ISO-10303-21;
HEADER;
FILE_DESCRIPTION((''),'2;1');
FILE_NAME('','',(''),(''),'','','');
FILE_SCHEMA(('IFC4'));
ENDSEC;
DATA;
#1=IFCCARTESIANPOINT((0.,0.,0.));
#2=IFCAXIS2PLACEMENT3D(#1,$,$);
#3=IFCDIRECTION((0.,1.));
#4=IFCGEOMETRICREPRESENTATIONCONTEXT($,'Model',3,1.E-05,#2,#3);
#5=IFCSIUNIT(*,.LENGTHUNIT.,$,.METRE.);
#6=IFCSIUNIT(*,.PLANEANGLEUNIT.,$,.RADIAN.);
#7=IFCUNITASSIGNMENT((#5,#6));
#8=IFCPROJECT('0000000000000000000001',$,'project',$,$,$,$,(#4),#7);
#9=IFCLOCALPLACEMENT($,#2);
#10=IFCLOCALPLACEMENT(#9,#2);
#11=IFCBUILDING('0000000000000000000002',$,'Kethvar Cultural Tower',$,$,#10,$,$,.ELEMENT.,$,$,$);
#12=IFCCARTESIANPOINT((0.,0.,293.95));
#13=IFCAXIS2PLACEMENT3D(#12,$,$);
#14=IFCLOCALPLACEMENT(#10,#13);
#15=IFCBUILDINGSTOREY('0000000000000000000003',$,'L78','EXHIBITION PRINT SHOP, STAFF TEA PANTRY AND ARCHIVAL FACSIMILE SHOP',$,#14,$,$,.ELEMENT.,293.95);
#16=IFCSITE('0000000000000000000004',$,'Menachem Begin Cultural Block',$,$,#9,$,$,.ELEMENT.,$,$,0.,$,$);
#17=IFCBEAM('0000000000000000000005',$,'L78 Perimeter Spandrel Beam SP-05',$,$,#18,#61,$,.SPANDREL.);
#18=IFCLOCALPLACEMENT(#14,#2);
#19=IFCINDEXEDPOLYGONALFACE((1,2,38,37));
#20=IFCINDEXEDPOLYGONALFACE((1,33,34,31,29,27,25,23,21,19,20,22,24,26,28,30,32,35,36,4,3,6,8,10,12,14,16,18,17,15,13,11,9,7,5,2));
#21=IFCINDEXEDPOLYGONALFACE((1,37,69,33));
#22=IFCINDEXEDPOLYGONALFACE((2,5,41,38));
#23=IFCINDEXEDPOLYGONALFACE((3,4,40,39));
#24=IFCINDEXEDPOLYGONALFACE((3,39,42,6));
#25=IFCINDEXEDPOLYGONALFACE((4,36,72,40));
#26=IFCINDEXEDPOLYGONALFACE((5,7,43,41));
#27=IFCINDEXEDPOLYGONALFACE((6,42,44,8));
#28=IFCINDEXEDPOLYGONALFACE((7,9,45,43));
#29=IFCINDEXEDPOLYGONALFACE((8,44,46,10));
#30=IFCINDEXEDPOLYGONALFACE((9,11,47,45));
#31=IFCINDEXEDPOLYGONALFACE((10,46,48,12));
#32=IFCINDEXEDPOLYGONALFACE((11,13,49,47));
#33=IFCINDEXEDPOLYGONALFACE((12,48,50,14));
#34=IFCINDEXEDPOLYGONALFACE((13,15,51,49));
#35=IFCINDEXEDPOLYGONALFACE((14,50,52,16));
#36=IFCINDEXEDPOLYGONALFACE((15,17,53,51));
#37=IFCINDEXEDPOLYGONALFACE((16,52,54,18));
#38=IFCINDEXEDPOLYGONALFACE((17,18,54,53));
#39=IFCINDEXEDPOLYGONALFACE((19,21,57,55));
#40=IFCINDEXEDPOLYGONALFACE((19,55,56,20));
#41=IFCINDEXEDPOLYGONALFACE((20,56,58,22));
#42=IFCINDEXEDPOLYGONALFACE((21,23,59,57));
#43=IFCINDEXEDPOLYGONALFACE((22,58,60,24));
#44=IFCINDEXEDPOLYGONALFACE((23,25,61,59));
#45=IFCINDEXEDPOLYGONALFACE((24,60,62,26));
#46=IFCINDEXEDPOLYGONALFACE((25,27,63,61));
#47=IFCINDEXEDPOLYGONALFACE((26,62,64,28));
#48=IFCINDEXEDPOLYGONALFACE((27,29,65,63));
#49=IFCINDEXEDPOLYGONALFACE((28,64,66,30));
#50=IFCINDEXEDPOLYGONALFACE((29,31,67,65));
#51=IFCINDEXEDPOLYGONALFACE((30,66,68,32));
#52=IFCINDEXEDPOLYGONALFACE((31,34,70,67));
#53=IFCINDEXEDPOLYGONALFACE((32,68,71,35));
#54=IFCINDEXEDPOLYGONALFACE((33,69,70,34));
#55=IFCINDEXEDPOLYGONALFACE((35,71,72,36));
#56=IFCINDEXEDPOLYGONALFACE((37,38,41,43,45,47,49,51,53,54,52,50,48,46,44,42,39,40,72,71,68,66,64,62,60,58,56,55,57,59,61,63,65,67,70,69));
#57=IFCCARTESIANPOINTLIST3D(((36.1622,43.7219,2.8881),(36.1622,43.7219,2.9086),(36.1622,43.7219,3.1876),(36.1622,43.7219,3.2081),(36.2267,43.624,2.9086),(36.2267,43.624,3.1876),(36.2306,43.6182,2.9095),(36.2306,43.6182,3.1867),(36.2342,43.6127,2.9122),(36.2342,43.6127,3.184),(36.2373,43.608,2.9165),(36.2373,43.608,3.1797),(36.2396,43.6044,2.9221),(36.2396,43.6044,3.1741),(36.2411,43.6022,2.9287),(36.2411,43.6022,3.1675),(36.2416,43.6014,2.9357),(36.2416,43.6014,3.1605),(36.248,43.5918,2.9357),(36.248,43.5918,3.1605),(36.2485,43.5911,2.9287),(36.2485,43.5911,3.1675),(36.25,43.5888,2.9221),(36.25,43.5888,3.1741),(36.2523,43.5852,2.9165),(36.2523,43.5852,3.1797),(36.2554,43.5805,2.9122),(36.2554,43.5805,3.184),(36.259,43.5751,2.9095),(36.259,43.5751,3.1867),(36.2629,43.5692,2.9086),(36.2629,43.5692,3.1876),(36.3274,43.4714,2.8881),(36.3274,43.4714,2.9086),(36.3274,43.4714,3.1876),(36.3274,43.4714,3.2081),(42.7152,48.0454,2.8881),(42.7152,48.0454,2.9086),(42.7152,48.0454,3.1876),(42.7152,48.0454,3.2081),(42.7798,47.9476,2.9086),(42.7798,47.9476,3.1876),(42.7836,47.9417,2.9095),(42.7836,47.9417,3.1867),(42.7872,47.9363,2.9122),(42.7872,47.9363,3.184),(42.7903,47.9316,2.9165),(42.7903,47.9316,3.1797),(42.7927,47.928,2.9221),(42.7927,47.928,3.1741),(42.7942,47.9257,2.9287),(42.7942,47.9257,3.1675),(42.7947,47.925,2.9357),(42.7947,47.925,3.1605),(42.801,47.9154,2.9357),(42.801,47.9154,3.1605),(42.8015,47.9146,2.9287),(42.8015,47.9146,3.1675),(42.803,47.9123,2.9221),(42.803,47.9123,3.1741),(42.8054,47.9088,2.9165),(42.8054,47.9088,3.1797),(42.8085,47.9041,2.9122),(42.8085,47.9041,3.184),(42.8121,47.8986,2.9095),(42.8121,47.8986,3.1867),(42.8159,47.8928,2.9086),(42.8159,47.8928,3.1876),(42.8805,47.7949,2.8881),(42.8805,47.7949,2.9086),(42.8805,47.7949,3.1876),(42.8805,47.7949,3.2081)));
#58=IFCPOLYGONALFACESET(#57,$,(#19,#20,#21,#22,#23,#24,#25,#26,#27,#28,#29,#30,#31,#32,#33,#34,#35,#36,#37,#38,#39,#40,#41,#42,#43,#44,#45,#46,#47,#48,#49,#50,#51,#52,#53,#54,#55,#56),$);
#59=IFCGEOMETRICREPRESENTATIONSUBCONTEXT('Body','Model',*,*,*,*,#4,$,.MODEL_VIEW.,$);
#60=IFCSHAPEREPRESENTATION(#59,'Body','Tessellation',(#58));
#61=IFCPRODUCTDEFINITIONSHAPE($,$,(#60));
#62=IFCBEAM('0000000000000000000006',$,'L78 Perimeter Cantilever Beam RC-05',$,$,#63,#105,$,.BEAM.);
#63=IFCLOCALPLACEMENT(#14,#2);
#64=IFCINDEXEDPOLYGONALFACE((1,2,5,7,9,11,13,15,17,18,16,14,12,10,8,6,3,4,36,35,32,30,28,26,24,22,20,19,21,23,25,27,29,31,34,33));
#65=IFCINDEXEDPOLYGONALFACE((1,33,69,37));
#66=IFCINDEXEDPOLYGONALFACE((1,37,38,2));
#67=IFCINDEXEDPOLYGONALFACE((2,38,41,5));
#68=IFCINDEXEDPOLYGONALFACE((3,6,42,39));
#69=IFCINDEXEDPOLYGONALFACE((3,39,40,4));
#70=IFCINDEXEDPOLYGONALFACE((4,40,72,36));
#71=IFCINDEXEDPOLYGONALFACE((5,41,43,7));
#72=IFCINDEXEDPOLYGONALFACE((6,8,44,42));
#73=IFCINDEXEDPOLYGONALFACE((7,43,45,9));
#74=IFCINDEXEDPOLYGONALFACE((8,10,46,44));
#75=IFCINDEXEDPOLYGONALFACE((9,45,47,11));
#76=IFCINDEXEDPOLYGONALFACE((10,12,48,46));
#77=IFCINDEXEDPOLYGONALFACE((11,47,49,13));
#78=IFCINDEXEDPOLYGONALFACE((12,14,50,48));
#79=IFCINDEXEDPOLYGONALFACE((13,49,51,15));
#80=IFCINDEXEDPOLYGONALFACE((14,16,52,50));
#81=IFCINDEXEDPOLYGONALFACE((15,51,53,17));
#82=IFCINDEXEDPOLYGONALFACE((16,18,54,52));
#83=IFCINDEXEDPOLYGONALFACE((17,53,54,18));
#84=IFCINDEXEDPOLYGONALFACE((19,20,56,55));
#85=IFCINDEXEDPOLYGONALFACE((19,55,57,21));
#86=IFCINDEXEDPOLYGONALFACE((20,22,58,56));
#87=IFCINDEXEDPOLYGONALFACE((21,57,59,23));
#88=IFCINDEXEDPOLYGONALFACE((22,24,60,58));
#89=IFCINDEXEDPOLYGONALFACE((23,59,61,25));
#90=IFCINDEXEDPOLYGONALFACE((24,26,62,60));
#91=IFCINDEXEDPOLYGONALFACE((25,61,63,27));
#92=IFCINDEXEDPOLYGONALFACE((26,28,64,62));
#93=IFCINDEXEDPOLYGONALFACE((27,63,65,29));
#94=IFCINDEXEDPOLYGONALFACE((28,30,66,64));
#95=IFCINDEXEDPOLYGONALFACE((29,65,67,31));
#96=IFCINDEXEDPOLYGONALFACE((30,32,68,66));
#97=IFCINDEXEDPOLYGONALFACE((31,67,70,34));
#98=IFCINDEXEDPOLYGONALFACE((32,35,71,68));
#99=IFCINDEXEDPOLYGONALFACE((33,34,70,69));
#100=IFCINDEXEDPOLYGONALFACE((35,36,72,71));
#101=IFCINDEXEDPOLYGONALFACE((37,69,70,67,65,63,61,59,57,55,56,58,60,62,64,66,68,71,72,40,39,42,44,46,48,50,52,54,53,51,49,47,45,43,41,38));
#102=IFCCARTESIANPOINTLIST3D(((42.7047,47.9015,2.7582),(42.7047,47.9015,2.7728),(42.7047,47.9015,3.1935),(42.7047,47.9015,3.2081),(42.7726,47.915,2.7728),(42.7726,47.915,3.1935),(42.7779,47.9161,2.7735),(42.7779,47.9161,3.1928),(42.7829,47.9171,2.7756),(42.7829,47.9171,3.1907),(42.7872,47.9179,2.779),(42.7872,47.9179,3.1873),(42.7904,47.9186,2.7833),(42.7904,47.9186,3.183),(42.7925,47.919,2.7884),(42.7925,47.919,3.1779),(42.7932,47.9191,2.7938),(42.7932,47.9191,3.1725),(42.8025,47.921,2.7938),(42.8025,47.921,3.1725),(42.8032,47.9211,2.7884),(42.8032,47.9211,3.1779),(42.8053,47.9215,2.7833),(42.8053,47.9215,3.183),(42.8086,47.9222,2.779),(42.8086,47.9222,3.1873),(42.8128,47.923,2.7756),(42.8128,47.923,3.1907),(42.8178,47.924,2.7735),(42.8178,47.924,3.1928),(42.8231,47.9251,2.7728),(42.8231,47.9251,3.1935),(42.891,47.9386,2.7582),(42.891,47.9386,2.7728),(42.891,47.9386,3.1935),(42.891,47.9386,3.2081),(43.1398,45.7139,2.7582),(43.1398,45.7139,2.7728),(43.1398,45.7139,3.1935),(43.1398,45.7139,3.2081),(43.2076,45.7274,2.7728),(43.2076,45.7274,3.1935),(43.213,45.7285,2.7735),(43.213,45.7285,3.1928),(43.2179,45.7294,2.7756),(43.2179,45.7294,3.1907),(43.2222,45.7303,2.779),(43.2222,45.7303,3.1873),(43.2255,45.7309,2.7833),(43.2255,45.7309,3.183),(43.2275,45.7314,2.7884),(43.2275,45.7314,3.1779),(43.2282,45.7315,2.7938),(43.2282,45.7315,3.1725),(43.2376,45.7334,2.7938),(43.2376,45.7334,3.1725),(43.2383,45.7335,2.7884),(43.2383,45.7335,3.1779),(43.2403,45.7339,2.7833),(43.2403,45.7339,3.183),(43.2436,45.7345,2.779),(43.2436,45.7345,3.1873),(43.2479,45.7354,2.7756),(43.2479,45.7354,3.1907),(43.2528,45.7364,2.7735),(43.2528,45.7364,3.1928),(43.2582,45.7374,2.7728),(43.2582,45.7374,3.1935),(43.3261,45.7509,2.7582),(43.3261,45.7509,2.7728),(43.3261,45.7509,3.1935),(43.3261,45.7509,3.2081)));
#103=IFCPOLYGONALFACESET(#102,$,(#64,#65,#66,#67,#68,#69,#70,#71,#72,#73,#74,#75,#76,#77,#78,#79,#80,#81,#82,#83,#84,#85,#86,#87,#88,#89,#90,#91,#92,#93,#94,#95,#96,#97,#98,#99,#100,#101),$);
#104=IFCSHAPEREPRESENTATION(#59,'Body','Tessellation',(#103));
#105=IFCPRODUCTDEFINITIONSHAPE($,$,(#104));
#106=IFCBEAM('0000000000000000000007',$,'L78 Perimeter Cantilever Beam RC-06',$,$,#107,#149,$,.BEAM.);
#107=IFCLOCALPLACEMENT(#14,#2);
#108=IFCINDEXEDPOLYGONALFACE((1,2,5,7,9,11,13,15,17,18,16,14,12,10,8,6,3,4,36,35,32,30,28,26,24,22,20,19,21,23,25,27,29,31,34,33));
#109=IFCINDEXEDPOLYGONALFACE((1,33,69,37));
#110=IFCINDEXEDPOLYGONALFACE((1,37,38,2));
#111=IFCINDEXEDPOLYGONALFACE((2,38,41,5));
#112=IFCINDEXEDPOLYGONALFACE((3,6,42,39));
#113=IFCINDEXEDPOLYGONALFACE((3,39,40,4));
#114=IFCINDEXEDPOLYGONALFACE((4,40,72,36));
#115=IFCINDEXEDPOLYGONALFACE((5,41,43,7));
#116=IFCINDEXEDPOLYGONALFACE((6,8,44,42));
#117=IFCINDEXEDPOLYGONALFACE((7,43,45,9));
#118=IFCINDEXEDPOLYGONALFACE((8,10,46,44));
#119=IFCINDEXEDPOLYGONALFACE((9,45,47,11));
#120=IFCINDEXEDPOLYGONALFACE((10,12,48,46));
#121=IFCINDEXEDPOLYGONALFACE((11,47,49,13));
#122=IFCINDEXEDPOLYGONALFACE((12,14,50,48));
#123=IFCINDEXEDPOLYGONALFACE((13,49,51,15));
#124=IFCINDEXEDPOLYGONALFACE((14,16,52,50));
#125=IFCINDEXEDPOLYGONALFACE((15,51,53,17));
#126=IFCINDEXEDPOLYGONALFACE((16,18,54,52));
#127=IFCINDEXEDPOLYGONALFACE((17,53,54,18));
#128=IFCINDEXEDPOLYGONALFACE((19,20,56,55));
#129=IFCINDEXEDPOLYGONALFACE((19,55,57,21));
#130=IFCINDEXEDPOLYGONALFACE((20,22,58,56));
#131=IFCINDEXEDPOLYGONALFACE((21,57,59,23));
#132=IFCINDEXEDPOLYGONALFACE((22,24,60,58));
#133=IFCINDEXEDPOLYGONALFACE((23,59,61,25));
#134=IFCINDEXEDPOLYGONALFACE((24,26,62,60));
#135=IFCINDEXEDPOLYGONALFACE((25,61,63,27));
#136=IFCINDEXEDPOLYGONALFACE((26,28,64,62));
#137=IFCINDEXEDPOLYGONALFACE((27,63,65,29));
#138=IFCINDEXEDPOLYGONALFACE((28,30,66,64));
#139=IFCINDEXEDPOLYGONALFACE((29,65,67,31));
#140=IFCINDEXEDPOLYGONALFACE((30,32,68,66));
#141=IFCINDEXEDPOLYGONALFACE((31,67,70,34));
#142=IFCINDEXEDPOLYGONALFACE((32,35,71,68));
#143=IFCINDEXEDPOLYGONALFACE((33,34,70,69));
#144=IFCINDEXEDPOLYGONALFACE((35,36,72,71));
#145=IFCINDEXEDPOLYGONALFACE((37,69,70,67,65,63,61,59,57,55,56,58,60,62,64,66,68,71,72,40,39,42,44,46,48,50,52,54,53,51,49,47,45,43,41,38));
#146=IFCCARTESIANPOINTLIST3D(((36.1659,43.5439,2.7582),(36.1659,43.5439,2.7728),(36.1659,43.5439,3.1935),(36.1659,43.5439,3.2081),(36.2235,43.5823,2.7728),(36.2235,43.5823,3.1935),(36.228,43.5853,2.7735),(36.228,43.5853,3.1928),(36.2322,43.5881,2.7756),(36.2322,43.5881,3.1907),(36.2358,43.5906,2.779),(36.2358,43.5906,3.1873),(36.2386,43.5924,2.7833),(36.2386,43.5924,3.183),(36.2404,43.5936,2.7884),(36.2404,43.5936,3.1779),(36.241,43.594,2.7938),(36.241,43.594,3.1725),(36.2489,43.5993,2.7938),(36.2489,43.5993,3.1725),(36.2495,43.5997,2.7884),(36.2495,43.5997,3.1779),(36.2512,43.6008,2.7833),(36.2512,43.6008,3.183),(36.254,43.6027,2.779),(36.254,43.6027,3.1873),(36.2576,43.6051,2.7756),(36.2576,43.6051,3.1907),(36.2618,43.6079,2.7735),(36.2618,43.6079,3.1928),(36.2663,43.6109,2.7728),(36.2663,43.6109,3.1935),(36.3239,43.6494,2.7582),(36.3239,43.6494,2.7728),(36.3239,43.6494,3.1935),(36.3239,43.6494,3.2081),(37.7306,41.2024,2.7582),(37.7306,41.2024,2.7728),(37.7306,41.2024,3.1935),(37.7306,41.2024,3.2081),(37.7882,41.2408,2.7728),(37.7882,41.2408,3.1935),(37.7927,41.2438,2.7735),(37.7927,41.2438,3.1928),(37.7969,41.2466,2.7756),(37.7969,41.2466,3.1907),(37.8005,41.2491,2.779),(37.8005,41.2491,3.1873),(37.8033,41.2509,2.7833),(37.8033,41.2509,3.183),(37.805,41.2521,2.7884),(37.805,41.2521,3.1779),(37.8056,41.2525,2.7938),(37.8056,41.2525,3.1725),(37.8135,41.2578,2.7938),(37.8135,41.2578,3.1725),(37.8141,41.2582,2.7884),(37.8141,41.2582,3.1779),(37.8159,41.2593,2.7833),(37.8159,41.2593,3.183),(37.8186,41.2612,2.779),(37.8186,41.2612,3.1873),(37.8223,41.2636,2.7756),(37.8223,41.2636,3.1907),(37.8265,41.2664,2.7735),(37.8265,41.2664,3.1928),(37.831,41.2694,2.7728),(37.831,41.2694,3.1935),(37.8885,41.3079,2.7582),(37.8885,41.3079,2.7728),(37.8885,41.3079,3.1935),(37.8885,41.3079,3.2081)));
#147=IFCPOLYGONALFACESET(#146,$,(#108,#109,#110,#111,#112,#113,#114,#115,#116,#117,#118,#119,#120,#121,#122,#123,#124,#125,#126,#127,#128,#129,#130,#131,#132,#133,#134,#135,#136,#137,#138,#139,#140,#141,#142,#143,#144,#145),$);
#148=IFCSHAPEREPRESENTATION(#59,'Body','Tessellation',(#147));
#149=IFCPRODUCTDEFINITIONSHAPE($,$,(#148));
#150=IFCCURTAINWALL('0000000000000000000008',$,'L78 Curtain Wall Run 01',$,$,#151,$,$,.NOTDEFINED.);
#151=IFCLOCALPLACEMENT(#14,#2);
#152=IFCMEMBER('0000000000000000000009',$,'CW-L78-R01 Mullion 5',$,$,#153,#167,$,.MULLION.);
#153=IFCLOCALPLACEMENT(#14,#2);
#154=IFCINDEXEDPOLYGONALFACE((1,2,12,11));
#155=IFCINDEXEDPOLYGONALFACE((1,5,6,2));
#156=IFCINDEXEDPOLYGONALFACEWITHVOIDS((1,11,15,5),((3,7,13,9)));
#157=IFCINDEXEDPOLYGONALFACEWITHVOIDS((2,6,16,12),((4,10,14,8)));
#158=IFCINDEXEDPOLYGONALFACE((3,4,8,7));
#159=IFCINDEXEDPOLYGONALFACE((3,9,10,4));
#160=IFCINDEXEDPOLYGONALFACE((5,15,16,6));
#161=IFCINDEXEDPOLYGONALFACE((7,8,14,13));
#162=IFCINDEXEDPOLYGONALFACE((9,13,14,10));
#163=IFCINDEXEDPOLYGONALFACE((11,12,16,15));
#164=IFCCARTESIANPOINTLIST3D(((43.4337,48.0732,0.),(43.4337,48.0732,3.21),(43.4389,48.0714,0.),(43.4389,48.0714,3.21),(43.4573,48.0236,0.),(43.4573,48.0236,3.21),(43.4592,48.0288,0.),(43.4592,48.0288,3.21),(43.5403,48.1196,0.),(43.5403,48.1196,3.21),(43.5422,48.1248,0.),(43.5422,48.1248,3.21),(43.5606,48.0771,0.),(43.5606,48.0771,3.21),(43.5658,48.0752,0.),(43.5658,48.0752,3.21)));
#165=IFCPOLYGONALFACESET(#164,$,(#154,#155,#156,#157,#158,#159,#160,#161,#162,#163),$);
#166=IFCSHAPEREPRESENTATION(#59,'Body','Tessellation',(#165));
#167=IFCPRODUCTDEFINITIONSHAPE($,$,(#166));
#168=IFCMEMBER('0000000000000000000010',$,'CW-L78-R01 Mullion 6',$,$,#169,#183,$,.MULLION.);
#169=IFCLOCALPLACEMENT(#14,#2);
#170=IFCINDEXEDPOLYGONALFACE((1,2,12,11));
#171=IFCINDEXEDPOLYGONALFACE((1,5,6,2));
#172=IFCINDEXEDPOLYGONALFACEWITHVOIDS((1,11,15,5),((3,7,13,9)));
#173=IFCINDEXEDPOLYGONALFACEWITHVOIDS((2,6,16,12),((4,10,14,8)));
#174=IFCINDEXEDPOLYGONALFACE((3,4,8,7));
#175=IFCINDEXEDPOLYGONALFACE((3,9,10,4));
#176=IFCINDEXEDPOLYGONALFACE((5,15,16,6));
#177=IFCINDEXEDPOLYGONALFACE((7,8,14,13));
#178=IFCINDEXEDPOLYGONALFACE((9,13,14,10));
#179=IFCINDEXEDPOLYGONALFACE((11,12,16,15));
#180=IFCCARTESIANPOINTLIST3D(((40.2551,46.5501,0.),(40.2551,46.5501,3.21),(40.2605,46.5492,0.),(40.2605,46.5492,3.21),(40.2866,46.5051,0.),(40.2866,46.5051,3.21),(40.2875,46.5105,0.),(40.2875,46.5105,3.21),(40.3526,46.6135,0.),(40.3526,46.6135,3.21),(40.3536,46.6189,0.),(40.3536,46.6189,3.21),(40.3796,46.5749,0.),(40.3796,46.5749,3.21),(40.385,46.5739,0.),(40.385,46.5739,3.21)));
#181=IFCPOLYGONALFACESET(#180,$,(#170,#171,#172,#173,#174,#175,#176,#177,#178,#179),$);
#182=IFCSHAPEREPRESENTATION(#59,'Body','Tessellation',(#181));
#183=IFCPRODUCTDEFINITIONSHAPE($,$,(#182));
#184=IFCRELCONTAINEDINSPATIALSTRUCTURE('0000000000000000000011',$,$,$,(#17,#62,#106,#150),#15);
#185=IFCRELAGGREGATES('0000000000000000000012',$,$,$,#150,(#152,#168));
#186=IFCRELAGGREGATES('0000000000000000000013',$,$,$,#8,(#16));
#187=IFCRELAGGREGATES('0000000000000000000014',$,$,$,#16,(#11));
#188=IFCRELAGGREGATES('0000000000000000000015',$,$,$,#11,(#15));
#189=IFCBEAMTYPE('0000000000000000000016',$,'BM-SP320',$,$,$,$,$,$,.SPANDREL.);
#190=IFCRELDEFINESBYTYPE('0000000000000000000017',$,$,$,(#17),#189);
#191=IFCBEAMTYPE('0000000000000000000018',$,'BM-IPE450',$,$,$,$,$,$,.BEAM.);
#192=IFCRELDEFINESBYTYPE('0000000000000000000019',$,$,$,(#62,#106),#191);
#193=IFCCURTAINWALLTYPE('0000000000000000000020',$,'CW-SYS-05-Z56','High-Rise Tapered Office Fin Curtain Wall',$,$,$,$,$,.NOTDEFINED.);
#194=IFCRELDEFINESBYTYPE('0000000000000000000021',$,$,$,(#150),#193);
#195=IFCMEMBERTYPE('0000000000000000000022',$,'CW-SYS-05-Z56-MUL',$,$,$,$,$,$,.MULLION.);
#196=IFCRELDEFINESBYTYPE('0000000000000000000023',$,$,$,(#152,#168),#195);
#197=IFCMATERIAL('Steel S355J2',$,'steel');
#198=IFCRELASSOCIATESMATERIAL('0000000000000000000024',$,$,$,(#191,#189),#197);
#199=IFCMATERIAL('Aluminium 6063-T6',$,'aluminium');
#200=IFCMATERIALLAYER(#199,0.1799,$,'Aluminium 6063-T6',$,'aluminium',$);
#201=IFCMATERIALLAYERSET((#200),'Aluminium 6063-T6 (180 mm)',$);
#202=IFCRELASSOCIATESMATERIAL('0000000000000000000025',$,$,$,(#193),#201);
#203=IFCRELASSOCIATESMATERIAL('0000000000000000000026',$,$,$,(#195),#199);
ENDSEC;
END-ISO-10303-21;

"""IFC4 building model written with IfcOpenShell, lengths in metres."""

from ifc_helpers import new_model, si_unit, direction, frame, origin, origin_2d, place, context, subcontext, project, spatial, hollow_rectangle, i_section, extrude, source, transform, mapped, material, layer, layer_set, material_profile, profile_set, type_object, element, aggregate, save


model = new_model("IFC4")

# Units and contexts
model_context = context("Model", 3, precision=1e-05, world=origin(), true_north=direction((0.0, 1.0)))
body_context = subcontext(model_context, "Body", "Model", "MODEL_VIEW")
ifc_project = project(units=[si_unit("LENGTHUNIT", "METRE"), si_unit("PLANEANGLEUNIT", "RADIAN")], contexts=[model_context])

# Site, building, storey
site_placement = place(None, origin())
site = spatial("IfcSite", under=ifc_project, at=site_placement, Name="Menachem Begin Cultural Block", CompositionType="ELEMENT", RefElevation=0.0)
building_placement = place(site_placement, origin())
building = spatial("IfcBuilding", under=site, at=building_placement, Name="Kethvar Cultural Tower", CompositionType="ELEMENT")
storey_placement = place(building_placement, frame((0.0, 0.0, 293.95)))
storey = spatial("IfcBuildingStorey", under=building, at=storey_placement, Name="L78", Description="EXHIBITION PRINT SHOP, STAFF TEA PANTRY AND ARCHIVAL FACSIMILE SHOP", CompositionType="ELEMENT", Elevation=293.95)

# Shared definitions
ifc_material_1 = material(Name="Steel S355J2", Category="steel")

# Beams
ifc_material_profile_1 = material_profile(ifc_material_1, i_section(OverallWidth=0.1899, OverallDepth=0.45, WebThickness=0.0095, FlangeThickness=0.0146, FilletRadius=0.021, at=origin_2d()), Name="Steel S355J2 — IPE450")
ifc_profile_set_1 = profile_set([ifc_material_profile_1], Name="Steel S355J2 — IPE450")
beam_type_1 = type_object("IfcBeamType", Name="BM-IPE450", PredefinedType="BEAM", material=ifc_profile_set_1)
ifc_material_profile_2 = material_profile(ifc_material_1, i_section(OverallWidth=0.3, OverallDepth=0.3201, WebThickness=0.0115, FlangeThickness=0.0205, FilletRadius=0.0271, at=origin_2d()), Name="Steel S355J2 — HEB320")
ifc_profile_set_2 = profile_set([ifc_material_profile_2], Name="Steel S355J2 — HEB320")
beam_type_2 = type_object("IfcBeamType", Name="BM-SP320", PredefinedType="SPANDREL", material=ifc_profile_set_2)
shared_shape_1 = source(origin(), body_context, "Body", "SweptSolid", [
    extrude(i_section(OverallWidth=0.3, OverallDepth=0.3201, WebThickness=0.0115, FlangeThickness=0.0205, FilletRadius=0.0271, at=origin_2d()), origin(), (0.0, 0.0, 1.0), 7.8508),
])
beam_1_placement = place(storey_placement, frame((42.7979, 47.9202, 3.0481), z_axis=(-0.834696, -0.550711, 0.0), x_axis=(0.550711, -0.834696, 0.0)))
element("IfcBeam", 1, at=beam_1_placement, inside=storey, type_object=beam_type_2, Name="L78 Perimeter Spandrel Beam SP-05", PredefinedType="SPANDREL", context=body_context, shape_type="MappedRepresentation", body=[
    mapped(shared_shape_1, transform((0.0, 0.0, 0.0), scale=1.0)),
])
shared_shape_2 = source(origin(), body_context, "Body", "SweptSolid", [
    extrude(i_section(OverallWidth=0.1899, OverallDepth=0.45, WebThickness=0.0095, FlangeThickness=0.0146, FilletRadius=0.021, at=origin_2d()), origin(), (0.0, 0.0, 1.0), 2.2305),
])
beam_2_placement = place(storey_placement, frame((43.2329, 45.7324, 2.9832), z_axis=(-0.195043, 0.980795, 0.0), x_axis=(-0.980795, -0.195043, 0.0)))
element("IfcBeam", 2, at=beam_2_placement, inside=storey, type_object=beam_type_1, Name="L78 Perimeter Cantilever Beam RC-05", PredefinedType="BEAM", context=body_context, shape_type="MappedRepresentation", body=[
    mapped(shared_shape_2, transform((0.0, 0.0, 0.0), scale=1.0)),
])
shared_shape_3 = source(origin(), body_context, "Body", "SweptSolid", [
    extrude(i_section(OverallWidth=0.1899, OverallDepth=0.45, WebThickness=0.0095, FlangeThickness=0.0146, FilletRadius=0.021, at=origin_2d()), origin(), (0.0, 0.0, 1.0), 2.8162),
])
beam_3_placement = place(storey_placement, frame((37.8096, 41.2551, 2.9832), z_axis=(-0.5556, 0.83145, 0.0), x_axis=(-0.83145, -0.5556, 0.0)))
element("IfcBeam", 3, at=beam_3_placement, inside=storey, type_object=beam_type_1, Name="L78 Perimeter Cantilever Beam RC-06", PredefinedType="BEAM", context=body_context, shape_type="MappedRepresentation", body=[
    mapped(shared_shape_3, transform((0.0, 0.0, 0.0), scale=1.0)),
])

# Curtain wall, members
ifc_material_2 = material(Name="Aluminium 6063-T6", Category="aluminium")
ifc_layer_1 = layer(ifc_material_2, 0.1799, Name="Aluminium 6063-T6", Category="aluminium")
ifc_layer_set_1 = layer_set([ifc_layer_1], Name="Aluminium 6063-T6 (180 mm)")
curtain_wall_type = type_object("IfcCurtainWallType", Name="CW-SYS-05-Z56", Description="High-Rise Tapered Office Fin Curtain Wall", PredefinedType="NOTDEFINED", material=ifc_layer_set_1)
curtain_wall_placement = place(storey_placement, origin())
curtain_wall = element("IfcCurtainWall", 4, at=curtain_wall_placement, inside=storey, type_object=curtain_wall_type, Name="L78 Curtain Wall Run 01", PredefinedType="NOTDEFINED")
ifc_material_profile_3 = material_profile(ifc_material_2, hollow_rectangle(XDim=0.0549, YDim=0.1201, WallThickness=0.0039, at=origin_2d()), Name="Aluminium 6063-T6 — RHS120x55x4")
ifc_profile_set_3 = profile_set([ifc_material_profile_3], Name="Aluminium 6063-T6 — RHS120x55x4")
member_type_1 = type_object("IfcMemberType", Name="CW-SYS-05-Z56-MUL", PredefinedType="MULLION", material=ifc_profile_set_3)
shared_shape_4 = source(origin(), body_context, "Body", "SweptSolid", [
    extrude(hollow_rectangle(XDim=0.0549, YDim=0.1201, WallThickness=0.0039, at=origin_2d()), origin(), (0.0, 0.0, 1.0), 3.21),
])
member_1_placement = place(storey_placement, frame((43.4998, 48.0742, 0.0), z_axis=(0.0, 0.0, 1.0), x_axis=(0.429818, -0.902916, 0.0)))
member_1 = element("IfcMember", 5, at=member_1_placement, type_object=member_type_1, Name="CW-L78-R01 Mullion 5", PredefinedType="MULLION", context=body_context, shape_type="MappedRepresentation", body=[
    mapped(shared_shape_4, transform((0.0, 0.0, 0.0), scale=1.0)),
])
member_2_placement = place(storey_placement, frame((40.3201, 46.562, 0.0), z_axis=(0.0, 0.0, 1.0), x_axis=(0.572776, -0.819712, 0.0)))
member_2 = element("IfcMember", 6, at=member_2_placement, type_object=member_type_1, Name="CW-L78-R01 Mullion 6", PredefinedType="MULLION", context=body_context, shape_type="MappedRepresentation", body=[
    mapped(shared_shape_4, transform((0.0, 0.0, 0.0), scale=1.0)),
])
aggregate(curtain_wall, [member_1, member_2])

save(model, "model.ifc")
